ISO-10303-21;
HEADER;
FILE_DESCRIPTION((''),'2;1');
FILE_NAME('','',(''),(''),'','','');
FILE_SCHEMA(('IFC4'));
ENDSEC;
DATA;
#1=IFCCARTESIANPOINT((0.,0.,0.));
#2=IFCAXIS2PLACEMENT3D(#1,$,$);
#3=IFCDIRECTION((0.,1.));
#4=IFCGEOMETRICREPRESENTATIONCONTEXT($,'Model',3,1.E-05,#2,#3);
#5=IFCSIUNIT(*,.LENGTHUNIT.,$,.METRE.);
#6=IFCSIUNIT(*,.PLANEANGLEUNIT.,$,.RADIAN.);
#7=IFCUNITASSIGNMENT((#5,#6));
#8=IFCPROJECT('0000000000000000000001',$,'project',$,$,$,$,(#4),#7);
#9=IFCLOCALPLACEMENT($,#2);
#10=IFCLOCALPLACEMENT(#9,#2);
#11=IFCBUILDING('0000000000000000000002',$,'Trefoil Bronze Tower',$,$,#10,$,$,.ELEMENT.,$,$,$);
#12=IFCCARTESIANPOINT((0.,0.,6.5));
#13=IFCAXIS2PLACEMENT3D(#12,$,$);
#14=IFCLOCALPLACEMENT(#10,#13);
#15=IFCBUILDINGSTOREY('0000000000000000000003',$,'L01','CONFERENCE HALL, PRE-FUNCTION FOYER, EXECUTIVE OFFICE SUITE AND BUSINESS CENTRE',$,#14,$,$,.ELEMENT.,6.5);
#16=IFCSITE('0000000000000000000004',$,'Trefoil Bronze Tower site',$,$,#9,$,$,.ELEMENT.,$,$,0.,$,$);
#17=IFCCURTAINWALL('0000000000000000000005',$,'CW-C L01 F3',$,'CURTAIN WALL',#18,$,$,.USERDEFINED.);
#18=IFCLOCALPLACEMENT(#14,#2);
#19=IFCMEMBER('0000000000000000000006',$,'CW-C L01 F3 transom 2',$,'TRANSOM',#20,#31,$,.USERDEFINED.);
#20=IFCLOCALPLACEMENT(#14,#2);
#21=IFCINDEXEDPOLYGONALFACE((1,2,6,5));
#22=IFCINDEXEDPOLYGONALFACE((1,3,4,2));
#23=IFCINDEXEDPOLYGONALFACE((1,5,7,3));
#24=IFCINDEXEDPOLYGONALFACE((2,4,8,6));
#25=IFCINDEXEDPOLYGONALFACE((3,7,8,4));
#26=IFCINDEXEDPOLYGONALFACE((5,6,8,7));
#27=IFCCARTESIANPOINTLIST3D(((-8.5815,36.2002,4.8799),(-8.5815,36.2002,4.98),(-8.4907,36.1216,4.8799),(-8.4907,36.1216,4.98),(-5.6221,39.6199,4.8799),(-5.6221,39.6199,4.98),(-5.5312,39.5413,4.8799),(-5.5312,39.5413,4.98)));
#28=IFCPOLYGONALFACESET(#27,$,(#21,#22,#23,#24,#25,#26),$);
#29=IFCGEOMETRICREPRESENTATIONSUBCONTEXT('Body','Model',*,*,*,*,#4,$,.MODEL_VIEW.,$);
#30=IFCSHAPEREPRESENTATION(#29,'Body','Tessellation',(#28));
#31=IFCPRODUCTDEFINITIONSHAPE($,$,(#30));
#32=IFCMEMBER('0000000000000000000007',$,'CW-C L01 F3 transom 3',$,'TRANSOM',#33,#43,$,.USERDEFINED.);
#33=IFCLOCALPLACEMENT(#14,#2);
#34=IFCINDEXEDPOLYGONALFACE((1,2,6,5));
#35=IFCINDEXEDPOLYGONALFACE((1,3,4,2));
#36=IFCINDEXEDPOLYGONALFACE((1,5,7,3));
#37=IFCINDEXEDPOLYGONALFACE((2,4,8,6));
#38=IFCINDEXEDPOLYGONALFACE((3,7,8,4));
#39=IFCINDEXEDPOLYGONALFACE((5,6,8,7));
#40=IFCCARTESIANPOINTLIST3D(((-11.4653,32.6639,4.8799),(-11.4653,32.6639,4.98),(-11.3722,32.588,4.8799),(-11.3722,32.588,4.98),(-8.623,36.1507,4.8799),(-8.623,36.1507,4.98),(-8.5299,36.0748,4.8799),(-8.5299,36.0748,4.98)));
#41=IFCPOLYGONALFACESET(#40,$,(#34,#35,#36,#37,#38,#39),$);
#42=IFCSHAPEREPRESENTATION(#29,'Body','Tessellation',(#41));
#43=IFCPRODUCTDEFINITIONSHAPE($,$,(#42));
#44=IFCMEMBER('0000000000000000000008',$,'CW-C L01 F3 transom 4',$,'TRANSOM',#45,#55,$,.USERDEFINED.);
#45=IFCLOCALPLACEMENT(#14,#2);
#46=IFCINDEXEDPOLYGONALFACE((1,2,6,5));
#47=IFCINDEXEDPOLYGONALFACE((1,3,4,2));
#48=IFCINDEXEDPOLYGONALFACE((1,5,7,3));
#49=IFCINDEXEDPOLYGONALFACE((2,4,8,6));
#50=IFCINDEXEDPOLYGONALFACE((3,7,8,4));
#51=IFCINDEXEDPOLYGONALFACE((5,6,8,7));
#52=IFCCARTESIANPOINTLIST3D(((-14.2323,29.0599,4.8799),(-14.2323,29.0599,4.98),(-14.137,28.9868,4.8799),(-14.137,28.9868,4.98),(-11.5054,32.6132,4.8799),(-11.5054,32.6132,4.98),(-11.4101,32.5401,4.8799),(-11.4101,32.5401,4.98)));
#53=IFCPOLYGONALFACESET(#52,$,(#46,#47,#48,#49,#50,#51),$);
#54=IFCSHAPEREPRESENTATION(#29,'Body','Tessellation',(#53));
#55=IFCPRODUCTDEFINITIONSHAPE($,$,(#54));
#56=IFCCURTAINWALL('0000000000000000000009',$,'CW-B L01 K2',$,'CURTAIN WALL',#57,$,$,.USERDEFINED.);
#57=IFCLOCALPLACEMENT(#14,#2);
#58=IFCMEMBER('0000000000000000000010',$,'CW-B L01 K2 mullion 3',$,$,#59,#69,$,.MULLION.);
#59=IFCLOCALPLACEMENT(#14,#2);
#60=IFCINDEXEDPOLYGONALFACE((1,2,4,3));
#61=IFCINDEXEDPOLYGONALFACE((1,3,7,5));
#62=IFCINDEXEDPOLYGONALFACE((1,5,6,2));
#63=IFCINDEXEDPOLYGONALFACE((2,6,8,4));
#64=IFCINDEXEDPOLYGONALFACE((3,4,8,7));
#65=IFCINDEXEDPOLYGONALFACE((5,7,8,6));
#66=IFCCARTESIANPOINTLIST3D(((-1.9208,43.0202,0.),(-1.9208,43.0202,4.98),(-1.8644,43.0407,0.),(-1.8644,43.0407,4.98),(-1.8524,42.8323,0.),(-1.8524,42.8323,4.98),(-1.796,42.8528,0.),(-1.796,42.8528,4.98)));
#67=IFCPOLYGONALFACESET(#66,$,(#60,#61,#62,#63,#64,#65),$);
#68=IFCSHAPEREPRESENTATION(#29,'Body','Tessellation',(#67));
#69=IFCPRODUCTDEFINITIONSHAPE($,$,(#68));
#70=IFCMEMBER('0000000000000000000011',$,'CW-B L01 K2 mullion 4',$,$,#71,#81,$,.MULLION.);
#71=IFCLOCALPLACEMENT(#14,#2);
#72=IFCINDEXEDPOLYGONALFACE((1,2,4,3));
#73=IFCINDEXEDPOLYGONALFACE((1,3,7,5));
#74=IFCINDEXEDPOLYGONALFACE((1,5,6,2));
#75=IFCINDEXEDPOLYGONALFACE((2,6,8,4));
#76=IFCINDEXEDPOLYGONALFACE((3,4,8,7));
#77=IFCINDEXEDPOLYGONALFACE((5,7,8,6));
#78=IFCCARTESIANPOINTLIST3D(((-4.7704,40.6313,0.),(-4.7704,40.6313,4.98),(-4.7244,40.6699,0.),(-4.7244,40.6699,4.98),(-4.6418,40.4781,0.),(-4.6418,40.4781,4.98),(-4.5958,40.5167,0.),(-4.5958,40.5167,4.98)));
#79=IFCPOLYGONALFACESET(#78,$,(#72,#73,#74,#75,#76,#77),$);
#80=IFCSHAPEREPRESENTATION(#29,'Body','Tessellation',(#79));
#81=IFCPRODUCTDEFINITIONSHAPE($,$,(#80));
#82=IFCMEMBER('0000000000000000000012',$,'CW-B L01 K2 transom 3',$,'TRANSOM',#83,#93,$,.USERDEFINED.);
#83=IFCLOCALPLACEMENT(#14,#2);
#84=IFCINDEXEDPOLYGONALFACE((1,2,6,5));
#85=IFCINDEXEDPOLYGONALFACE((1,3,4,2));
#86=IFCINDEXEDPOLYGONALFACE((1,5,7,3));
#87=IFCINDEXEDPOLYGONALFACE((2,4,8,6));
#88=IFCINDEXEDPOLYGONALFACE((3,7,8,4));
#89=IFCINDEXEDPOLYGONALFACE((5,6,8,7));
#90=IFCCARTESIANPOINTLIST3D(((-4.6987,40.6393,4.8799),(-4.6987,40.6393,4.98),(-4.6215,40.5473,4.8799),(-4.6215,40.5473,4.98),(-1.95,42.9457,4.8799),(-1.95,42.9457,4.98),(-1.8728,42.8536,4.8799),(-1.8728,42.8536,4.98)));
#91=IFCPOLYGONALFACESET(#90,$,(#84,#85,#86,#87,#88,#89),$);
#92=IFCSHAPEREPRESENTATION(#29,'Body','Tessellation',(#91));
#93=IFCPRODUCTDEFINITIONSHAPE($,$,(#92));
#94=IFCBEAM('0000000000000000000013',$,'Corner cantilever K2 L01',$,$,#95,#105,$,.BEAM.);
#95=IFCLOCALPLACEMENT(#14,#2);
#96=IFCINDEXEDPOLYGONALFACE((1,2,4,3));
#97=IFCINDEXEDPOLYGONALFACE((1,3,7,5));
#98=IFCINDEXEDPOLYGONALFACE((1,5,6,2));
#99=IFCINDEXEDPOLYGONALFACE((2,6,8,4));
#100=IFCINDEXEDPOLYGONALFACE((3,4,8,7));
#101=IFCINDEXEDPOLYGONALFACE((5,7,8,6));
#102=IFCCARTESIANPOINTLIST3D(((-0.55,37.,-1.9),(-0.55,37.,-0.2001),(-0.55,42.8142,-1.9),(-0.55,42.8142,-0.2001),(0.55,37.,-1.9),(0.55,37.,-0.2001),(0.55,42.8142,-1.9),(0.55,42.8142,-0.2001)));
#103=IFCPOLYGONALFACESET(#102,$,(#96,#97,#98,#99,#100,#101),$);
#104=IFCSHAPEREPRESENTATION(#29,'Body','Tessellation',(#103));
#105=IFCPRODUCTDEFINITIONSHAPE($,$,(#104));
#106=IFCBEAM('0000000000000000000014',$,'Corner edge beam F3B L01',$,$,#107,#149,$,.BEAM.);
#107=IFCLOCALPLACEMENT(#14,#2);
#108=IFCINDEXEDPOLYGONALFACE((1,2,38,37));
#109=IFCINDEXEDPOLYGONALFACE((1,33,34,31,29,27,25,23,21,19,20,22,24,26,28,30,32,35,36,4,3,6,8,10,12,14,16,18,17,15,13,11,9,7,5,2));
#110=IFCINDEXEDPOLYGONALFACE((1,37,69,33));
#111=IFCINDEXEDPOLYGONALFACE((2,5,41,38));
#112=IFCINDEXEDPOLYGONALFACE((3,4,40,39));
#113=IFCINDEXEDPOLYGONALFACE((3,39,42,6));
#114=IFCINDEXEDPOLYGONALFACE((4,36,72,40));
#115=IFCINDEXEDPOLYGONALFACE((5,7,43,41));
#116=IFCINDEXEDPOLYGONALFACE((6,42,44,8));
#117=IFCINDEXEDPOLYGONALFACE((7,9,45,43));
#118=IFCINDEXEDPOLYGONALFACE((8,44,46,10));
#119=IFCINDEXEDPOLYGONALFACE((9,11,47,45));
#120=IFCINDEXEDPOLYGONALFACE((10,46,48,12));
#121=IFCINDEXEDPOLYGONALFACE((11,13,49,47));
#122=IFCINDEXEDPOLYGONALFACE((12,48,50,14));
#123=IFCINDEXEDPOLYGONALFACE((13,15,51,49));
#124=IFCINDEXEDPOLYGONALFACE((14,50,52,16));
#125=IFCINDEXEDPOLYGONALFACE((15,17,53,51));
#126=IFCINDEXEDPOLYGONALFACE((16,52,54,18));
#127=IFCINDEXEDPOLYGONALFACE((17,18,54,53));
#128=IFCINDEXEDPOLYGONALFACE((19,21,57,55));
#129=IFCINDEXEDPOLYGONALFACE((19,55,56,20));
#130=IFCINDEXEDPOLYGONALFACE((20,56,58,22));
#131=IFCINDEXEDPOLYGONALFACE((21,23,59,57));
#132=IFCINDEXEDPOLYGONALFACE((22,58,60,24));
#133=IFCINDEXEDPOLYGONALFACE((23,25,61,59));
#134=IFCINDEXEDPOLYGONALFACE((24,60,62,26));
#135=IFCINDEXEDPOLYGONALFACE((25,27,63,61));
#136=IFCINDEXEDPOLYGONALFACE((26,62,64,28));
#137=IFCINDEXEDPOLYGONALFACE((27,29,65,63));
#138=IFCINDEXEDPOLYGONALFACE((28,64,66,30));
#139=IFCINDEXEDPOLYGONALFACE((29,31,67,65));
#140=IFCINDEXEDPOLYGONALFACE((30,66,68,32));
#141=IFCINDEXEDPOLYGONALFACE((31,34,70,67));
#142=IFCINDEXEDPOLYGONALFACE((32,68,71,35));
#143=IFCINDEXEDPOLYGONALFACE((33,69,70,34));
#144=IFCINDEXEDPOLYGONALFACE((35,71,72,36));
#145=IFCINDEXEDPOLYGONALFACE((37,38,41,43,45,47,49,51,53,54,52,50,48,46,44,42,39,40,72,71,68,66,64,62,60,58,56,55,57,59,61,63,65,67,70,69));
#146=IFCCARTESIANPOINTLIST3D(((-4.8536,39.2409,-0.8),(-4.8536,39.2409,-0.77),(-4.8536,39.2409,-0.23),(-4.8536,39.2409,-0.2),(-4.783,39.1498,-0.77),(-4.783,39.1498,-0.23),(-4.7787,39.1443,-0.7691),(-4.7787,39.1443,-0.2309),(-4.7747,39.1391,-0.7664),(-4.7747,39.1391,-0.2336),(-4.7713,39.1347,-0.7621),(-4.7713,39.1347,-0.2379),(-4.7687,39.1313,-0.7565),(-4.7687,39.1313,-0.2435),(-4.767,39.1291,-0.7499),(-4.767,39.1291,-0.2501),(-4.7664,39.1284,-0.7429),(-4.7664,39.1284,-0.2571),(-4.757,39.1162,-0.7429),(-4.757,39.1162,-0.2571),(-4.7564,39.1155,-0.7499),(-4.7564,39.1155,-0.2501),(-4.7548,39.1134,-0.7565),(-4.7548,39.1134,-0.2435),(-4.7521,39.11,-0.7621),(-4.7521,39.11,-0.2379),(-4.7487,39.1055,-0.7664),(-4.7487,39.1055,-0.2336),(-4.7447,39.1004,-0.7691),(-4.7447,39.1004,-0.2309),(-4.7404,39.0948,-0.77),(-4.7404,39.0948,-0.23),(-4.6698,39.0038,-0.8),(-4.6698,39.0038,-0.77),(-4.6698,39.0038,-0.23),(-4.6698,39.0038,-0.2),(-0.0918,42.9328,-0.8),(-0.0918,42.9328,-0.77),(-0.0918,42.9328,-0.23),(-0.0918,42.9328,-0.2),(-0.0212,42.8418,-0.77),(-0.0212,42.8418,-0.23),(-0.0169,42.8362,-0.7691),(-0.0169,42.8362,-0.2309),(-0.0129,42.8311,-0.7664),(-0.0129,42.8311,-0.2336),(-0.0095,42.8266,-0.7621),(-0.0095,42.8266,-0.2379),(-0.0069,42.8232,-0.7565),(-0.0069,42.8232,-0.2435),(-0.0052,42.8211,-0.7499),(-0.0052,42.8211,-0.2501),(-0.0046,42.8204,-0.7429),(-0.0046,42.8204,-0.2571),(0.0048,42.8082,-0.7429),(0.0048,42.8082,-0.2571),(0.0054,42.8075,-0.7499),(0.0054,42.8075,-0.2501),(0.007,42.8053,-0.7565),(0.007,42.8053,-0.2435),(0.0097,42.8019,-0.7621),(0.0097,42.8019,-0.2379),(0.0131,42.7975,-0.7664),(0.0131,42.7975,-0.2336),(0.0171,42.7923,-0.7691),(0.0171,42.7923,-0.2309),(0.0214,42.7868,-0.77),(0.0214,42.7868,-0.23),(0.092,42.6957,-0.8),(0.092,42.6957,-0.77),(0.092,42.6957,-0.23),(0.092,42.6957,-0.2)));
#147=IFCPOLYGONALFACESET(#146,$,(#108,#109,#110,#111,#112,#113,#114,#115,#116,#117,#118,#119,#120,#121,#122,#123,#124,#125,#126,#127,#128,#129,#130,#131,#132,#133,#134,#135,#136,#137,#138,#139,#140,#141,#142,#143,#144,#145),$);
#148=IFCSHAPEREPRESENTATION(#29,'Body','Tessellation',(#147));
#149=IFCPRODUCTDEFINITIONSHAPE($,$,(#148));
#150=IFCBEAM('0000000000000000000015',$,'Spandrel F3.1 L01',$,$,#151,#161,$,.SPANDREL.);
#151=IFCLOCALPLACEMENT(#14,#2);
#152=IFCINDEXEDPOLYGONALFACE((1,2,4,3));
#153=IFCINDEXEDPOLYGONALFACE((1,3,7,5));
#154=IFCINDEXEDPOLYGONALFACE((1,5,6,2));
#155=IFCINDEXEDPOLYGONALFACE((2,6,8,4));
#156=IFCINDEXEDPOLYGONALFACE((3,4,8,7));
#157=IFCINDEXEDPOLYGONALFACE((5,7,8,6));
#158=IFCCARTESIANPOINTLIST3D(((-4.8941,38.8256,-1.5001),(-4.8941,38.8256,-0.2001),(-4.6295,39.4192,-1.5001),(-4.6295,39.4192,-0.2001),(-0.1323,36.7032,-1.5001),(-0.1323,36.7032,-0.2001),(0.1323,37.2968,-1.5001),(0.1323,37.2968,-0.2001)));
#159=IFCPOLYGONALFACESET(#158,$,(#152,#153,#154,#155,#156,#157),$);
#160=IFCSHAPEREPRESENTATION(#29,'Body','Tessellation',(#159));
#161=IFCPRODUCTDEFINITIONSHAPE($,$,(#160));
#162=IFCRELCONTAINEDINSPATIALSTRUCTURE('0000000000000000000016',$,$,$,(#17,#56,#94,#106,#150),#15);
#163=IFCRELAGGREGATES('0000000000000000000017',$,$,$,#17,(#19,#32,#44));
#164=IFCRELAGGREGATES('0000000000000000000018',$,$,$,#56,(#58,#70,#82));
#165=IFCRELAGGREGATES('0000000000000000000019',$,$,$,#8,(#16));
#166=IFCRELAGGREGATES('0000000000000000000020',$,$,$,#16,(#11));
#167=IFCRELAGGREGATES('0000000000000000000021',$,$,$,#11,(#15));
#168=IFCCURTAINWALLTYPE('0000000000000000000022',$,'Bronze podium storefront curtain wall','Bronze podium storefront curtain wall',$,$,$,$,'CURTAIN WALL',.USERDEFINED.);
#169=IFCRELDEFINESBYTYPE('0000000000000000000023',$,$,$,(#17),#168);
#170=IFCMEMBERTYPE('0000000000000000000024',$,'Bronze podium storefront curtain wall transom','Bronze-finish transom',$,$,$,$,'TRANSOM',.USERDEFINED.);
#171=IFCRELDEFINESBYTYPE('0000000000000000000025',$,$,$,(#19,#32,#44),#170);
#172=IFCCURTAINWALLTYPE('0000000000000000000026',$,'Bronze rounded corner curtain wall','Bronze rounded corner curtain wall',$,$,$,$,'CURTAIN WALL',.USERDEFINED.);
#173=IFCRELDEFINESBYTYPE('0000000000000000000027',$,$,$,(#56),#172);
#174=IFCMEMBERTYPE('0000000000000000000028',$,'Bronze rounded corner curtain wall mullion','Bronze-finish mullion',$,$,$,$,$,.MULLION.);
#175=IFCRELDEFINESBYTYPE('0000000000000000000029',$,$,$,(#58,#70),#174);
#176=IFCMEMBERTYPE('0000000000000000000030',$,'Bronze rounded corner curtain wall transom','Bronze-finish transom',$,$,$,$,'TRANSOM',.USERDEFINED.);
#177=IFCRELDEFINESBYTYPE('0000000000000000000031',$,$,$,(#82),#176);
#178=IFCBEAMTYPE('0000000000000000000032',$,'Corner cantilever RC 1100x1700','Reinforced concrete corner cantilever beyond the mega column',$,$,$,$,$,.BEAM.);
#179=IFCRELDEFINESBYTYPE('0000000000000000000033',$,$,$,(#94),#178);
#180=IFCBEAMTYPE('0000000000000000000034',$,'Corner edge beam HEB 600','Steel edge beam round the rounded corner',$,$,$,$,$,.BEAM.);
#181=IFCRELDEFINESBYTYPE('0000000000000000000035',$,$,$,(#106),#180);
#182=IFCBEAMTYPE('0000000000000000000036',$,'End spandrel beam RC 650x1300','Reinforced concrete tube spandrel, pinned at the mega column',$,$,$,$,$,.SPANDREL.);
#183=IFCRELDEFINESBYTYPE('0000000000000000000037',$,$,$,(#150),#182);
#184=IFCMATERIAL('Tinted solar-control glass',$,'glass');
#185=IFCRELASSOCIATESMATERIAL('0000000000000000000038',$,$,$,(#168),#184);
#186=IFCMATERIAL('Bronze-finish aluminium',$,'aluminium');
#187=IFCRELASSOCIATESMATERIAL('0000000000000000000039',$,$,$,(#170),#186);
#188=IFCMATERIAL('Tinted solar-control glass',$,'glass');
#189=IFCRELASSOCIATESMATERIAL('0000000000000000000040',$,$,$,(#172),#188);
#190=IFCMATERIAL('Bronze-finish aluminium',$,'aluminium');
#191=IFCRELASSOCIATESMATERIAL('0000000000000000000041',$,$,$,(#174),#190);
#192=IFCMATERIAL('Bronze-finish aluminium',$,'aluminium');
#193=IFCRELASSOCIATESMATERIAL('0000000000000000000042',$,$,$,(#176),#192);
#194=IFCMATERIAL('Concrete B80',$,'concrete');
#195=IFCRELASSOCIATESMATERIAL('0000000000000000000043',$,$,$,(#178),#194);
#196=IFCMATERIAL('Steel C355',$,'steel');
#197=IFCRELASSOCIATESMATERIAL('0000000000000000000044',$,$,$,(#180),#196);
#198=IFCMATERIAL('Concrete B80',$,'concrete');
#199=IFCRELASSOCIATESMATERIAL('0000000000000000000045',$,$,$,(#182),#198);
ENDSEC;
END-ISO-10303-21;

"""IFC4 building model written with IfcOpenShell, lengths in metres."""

from ifc_helpers import new_model, si_unit, direction, frame, origin, origin_2d, place, context, subcontext, project, spatial, rectangle, i_section, extrude, material, material_profile, profile_set, type_object, element, aggregate, save


model = new_model("IFC4")

# Units and contexts
model_context = context("Model", 3, precision=1e-05, world=origin(), true_north=direction((0.0, 1.0)))
body_context = subcontext(model_context, "Body", "Model", "MODEL_VIEW")
ifc_project = project(units=[si_unit("LENGTHUNIT", "METRE"), si_unit("PLANEANGLEUNIT", "RADIAN")], contexts=[model_context])

# Site, building, storey
site_placement = place(None, origin())
site = spatial("IfcSite", under=ifc_project, at=site_placement, Name="Trefoil Bronze Tower site", CompositionType="ELEMENT", RefElevation=0.0)
building_placement = place(site_placement, origin())
building = spatial("IfcBuilding", under=site, at=building_placement, Name="Trefoil Bronze Tower", CompositionType="ELEMENT")
storey_placement = place(building_placement, frame((0.0, 0.0, 6.5)))
storey = spatial("IfcBuildingStorey", under=building, at=storey_placement, Name="L01", Description="CONFERENCE HALL, PRE-FUNCTION FOYER, EXECUTIVE OFFICE SUITE AND BUSINESS CENTRE", CompositionType="ELEMENT", Elevation=6.5)

# Curtain walls, members
ifc_material_1 = material(Name="Tinted solar-control glass", Category="glass")
curtain_wall_type_1 = type_object("IfcCurtainWallType", Name="Bronze podium storefront curtain wall", Description="Bronze podium storefront curtain wall", ElementType="CURTAIN WALL", PredefinedType="USERDEFINED", material=ifc_material_1)
curtain_wall_1_placement = place(storey_placement, origin())
curtain_wall_1 = element("IfcCurtainWall", 1, at=curtain_wall_1_placement, inside=storey, type_object=curtain_wall_type_1, Name="CW-C L01 F3", ObjectType="CURTAIN WALL", PredefinedType="USERDEFINED")
ifc_material_2 = material(Name="Bronze-finish aluminium", Category="aluminium")
ifc_material_profile_1 = material_profile(ifc_material_2, rectangle(XDim=0.1201, YDim=0.1001, at=origin_2d()), Name="CW-C transom")
ifc_profile_set_1 = profile_set([ifc_material_profile_1], Name="Bronze-finish aluminium")
member_type_1 = type_object("IfcMemberType", Name="Bronze podium storefront curtain wall transom", Description="Bronze-finish transom", ElementType="TRANSOM", PredefinedType="USERDEFINED", material=ifc_profile_set_1)
member_1_placement = place(storey_placement, frame((-5.5767, 39.5806, 4.9299), z_axis=(-0.654394, -0.756154, 0.0), x_axis=(0.756154, -0.654394, 0.0)))
member_1 = element("IfcMember", 2, at=member_1_placement, type_object=member_type_1, Name="CW-C L01 F3 transom 2", ObjectType="TRANSOM", PredefinedType="USERDEFINED", context=body_context, shape_type="SweptSolid", body=[
    extrude(rectangle(XDim=0.1201, YDim=0.1001, at=origin_2d()), origin(), (0.0, 0.0, 1.0), 4.5225),
])
member_2_placement = place(storey_placement, frame((-8.5764, 36.1128, 4.9299), z_axis=(-0.63183, -0.775107, 0.0), x_axis=(0.775107, -0.63183, 0.0)))
member_2 = element("IfcMember", 3, at=member_2_placement, type_object=member_type_1, Name="CW-C L01 F3 transom 3", ObjectType="TRANSOM", PredefinedType="USERDEFINED", context=body_context, shape_type="SweptSolid", body=[
    extrude(rectangle(XDim=0.1201, YDim=0.1001, at=origin_2d()), origin(), (0.0, 0.0, 1.0), 4.4985),
])
member_3_placement = place(storey_placement, frame((-11.4578, 32.5767, 4.9299), z_axis=(-0.608807, -0.793319, 0.0), x_axis=(0.793319, -0.608807, 0.0)))
member_3 = element("IfcMember", 4, at=member_3_placement, type_object=member_type_1, Name="CW-C L01 F3 transom 4", ObjectType="TRANSOM", PredefinedType="USERDEFINED", context=body_context, shape_type="SweptSolid", body=[
    extrude(rectangle(XDim=0.1201, YDim=0.1001, at=origin_2d()), origin(), (0.0, 0.0, 1.0), 4.479),
])
ifc_material_3 = material(Name="Tinted solar-control glass", Category="glass")
curtain_wall_type_2 = type_object("IfcCurtainWallType", Name="Bronze rounded corner curtain wall", Description="Bronze rounded corner curtain wall", ElementType="CURTAIN WALL", PredefinedType="USERDEFINED", material=ifc_material_3)
curtain_wall_2_placement = place(storey_placement, origin())
curtain_wall_2 = element("IfcCurtainWall", 5, at=curtain_wall_2_placement, inside=storey, type_object=curtain_wall_type_2, Name="CW-B L01 K2", ObjectType="CURTAIN WALL", PredefinedType="USERDEFINED")
ifc_material_4 = material(Name="Bronze-finish aluminium", Category="aluminium")
ifc_material_profile_2 = material_profile(ifc_material_4, rectangle(XDim=0.2, YDim=0.0601, at=origin_2d()), Name="CW-B mullion")
ifc_profile_set_2 = profile_set([ifc_material_profile_2], Name="Bronze-finish aluminium")
member_type_2 = type_object("IfcMemberType", Name="Bronze rounded corner curtain wall mullion", Description="Bronze-finish mullion", PredefinedType="MULLION", material=ifc_profile_set_2)
member_4_placement = place(storey_placement, frame((-1.8584, 42.9365, 0.0), z_axis=(0.0, 0.0, 1.0), x_axis=(0.34202, -0.939693, 0.0)))
member_4 = element("IfcMember", 6, at=member_4_placement, type_object=member_type_2, Name="CW-B L01 K2 mullion 3", PredefinedType="MULLION", context=body_context, shape_type="SweptSolid", body=[
    extrude(rectangle(XDim=0.2, YDim=0.0601, at=origin_2d()), origin(), (0.0, 0.0, 1.0), 4.98),
])
member_5_placement = place(storey_placement, frame((-4.6831, 40.574, 0.0), z_axis=(0.0, 0.0, 1.0), x_axis=(0.642788, -0.766044, 0.0)))
member_5 = element("IfcMember", 7, at=member_5_placement, type_object=member_type_2, Name="CW-B L01 K2 mullion 4", PredefinedType="MULLION", context=body_context, shape_type="SweptSolid", body=[
    extrude(rectangle(XDim=0.2, YDim=0.0601, at=origin_2d()), origin(), (0.0, 0.0, 1.0), 4.98),
])
ifc_material_5 = material(Name="Bronze-finish aluminium", Category="aluminium")
ifc_material_profile_3 = material_profile(ifc_material_5, rectangle(XDim=0.1201, YDim=0.1001, at=origin_2d()), Name="CW-B transom")
ifc_profile_set_3 = profile_set([ifc_material_profile_3], Name="Bronze-finish aluminium")
member_type_3 = type_object("IfcMemberType", Name="Bronze rounded corner curtain wall transom", Description="Bronze-finish transom", ElementType="TRANSOM", PredefinedType="USERDEFINED", material=ifc_profile_set_3)
member_6_placement = place(storey_placement, frame((-1.9114, 42.8997, 4.9299), z_axis=(-0.766059, -0.642771, 0.0), x_axis=(0.642771, -0.766059, 0.0)))
member_6 = element("IfcMember", 8, at=member_6_placement, type_object=member_type_3, Name="CW-B L01 K2 transom 3", ObjectType="TRANSOM", PredefinedType="USERDEFINED", context=body_context, shape_type="SweptSolid", body=[
    extrude(rectangle(XDim=0.1201, YDim=0.1001, at=origin_2d()), origin(), (0.0, 0.0, 1.0), 3.5881),
])

# Beams
ifc_material_6 = material(Name="Concrete B80", Category="concrete")
ifc_material_profile_4 = material_profile(ifc_material_6, rectangle(XDim=1.1001, YDim=1.7, at=origin_2d()), Name="RC 1100x1700")
ifc_profile_set_4 = profile_set([ifc_material_profile_4], Name="Concrete B80")
beam_type_1 = type_object("IfcBeamType", Name="Corner cantilever RC 1100x1700", Description="Reinforced concrete corner cantilever beyond the mega column", PredefinedType="BEAM", material=ifc_profile_set_4)
beam_1_placement = place(storey_placement, frame((0.0, 37.0, -1.05), z_axis=(0.0, 1.0, 0.0), x_axis=(-1.0, 0.0, 0.0)))
element("IfcBeam", 9, at=beam_1_placement, inside=storey, type_object=beam_type_1, Name="Corner cantilever K2 L01", PredefinedType="BEAM", context=body_context, shape_type="SweptSolid", body=[
    extrude(rectangle(XDim=1.1001, YDim=1.7, at=origin_2d()), origin(), (0.0, 0.0, 1.0), 5.8142),
])
ifc_material_7 = material(Name="Steel C355", Category="steel")
ifc_material_profile_5 = material_profile(ifc_material_7, i_section(OverallWidth=0.3, OverallDepth=0.6001, WebThickness=0.0154, FlangeThickness=0.03, FilletRadius=0.0271, at=origin_2d()), Name="HEB 600")
ifc_profile_set_5 = profile_set([ifc_material_profile_5], Name="Steel C355")
beam_type_2 = type_object("IfcBeamType", Name="Corner edge beam HEB 600", Description="Steel edge beam round the rounded corner", PredefinedType="BEAM", material=ifc_profile_set_5)
beam_2_placement = place(storey_placement, frame((-4.7617, 39.1223, -0.5), z_axis=(0.790289, 0.612734, 0.0), x_axis=(-0.612734, 0.790289, 0.0)))
element("IfcBeam", 10, at=beam_2_placement, inside=storey, type_object=beam_type_2, Name="Corner edge beam F3B L01", PredefinedType="BEAM", context=body_context, shape_type="SweptSolid", body=[
    extrude(i_section(OverallWidth=0.3, OverallDepth=0.6001, WebThickness=0.0154, FlangeThickness=0.03, FilletRadius=0.0271, at=origin_2d()), origin(), (0.0, 0.0, 1.0), 6.0254),
])
ifc_material_8 = material(Name="Concrete B80", Category="concrete")
ifc_material_profile_6 = material_profile(ifc_material_8, rectangle(XDim=0.6499, YDim=1.3, at=origin_2d()), Name="RC 650x1300")
ifc_profile_set_6 = profile_set([ifc_material_profile_6], Name="Concrete B80")
beam_type_3 = type_object("IfcBeamType", Name="End spandrel beam RC 650x1300", Description="Reinforced concrete tube spandrel, pinned at the mega column", PredefinedType="SPANDREL", material=ifc_profile_set_6)
beam_3_placement = place(storey_placement, frame((0.0, 37.0, -0.8501), z_axis=(-0.913384, 0.407099, 0.0), x_axis=(-0.407099, -0.913384, 0.0)))
element("IfcBeam", 11, at=beam_3_placement, inside=storey, type_object=beam_type_3, Name="Spandrel F3.1 L01", PredefinedType="SPANDREL", context=body_context, shape_type="SweptSolid", body=[
    extrude(rectangle(XDim=0.6499, YDim=1.3, at=origin_2d()), origin(), (0.0, 0.0, 1.0), 5.2134),
])

aggregate(curtain_wall_1, [member_1, member_2, member_3])
aggregate(curtain_wall_2, [member_4, member_5, member_6])

save(model, "model.ifc")
